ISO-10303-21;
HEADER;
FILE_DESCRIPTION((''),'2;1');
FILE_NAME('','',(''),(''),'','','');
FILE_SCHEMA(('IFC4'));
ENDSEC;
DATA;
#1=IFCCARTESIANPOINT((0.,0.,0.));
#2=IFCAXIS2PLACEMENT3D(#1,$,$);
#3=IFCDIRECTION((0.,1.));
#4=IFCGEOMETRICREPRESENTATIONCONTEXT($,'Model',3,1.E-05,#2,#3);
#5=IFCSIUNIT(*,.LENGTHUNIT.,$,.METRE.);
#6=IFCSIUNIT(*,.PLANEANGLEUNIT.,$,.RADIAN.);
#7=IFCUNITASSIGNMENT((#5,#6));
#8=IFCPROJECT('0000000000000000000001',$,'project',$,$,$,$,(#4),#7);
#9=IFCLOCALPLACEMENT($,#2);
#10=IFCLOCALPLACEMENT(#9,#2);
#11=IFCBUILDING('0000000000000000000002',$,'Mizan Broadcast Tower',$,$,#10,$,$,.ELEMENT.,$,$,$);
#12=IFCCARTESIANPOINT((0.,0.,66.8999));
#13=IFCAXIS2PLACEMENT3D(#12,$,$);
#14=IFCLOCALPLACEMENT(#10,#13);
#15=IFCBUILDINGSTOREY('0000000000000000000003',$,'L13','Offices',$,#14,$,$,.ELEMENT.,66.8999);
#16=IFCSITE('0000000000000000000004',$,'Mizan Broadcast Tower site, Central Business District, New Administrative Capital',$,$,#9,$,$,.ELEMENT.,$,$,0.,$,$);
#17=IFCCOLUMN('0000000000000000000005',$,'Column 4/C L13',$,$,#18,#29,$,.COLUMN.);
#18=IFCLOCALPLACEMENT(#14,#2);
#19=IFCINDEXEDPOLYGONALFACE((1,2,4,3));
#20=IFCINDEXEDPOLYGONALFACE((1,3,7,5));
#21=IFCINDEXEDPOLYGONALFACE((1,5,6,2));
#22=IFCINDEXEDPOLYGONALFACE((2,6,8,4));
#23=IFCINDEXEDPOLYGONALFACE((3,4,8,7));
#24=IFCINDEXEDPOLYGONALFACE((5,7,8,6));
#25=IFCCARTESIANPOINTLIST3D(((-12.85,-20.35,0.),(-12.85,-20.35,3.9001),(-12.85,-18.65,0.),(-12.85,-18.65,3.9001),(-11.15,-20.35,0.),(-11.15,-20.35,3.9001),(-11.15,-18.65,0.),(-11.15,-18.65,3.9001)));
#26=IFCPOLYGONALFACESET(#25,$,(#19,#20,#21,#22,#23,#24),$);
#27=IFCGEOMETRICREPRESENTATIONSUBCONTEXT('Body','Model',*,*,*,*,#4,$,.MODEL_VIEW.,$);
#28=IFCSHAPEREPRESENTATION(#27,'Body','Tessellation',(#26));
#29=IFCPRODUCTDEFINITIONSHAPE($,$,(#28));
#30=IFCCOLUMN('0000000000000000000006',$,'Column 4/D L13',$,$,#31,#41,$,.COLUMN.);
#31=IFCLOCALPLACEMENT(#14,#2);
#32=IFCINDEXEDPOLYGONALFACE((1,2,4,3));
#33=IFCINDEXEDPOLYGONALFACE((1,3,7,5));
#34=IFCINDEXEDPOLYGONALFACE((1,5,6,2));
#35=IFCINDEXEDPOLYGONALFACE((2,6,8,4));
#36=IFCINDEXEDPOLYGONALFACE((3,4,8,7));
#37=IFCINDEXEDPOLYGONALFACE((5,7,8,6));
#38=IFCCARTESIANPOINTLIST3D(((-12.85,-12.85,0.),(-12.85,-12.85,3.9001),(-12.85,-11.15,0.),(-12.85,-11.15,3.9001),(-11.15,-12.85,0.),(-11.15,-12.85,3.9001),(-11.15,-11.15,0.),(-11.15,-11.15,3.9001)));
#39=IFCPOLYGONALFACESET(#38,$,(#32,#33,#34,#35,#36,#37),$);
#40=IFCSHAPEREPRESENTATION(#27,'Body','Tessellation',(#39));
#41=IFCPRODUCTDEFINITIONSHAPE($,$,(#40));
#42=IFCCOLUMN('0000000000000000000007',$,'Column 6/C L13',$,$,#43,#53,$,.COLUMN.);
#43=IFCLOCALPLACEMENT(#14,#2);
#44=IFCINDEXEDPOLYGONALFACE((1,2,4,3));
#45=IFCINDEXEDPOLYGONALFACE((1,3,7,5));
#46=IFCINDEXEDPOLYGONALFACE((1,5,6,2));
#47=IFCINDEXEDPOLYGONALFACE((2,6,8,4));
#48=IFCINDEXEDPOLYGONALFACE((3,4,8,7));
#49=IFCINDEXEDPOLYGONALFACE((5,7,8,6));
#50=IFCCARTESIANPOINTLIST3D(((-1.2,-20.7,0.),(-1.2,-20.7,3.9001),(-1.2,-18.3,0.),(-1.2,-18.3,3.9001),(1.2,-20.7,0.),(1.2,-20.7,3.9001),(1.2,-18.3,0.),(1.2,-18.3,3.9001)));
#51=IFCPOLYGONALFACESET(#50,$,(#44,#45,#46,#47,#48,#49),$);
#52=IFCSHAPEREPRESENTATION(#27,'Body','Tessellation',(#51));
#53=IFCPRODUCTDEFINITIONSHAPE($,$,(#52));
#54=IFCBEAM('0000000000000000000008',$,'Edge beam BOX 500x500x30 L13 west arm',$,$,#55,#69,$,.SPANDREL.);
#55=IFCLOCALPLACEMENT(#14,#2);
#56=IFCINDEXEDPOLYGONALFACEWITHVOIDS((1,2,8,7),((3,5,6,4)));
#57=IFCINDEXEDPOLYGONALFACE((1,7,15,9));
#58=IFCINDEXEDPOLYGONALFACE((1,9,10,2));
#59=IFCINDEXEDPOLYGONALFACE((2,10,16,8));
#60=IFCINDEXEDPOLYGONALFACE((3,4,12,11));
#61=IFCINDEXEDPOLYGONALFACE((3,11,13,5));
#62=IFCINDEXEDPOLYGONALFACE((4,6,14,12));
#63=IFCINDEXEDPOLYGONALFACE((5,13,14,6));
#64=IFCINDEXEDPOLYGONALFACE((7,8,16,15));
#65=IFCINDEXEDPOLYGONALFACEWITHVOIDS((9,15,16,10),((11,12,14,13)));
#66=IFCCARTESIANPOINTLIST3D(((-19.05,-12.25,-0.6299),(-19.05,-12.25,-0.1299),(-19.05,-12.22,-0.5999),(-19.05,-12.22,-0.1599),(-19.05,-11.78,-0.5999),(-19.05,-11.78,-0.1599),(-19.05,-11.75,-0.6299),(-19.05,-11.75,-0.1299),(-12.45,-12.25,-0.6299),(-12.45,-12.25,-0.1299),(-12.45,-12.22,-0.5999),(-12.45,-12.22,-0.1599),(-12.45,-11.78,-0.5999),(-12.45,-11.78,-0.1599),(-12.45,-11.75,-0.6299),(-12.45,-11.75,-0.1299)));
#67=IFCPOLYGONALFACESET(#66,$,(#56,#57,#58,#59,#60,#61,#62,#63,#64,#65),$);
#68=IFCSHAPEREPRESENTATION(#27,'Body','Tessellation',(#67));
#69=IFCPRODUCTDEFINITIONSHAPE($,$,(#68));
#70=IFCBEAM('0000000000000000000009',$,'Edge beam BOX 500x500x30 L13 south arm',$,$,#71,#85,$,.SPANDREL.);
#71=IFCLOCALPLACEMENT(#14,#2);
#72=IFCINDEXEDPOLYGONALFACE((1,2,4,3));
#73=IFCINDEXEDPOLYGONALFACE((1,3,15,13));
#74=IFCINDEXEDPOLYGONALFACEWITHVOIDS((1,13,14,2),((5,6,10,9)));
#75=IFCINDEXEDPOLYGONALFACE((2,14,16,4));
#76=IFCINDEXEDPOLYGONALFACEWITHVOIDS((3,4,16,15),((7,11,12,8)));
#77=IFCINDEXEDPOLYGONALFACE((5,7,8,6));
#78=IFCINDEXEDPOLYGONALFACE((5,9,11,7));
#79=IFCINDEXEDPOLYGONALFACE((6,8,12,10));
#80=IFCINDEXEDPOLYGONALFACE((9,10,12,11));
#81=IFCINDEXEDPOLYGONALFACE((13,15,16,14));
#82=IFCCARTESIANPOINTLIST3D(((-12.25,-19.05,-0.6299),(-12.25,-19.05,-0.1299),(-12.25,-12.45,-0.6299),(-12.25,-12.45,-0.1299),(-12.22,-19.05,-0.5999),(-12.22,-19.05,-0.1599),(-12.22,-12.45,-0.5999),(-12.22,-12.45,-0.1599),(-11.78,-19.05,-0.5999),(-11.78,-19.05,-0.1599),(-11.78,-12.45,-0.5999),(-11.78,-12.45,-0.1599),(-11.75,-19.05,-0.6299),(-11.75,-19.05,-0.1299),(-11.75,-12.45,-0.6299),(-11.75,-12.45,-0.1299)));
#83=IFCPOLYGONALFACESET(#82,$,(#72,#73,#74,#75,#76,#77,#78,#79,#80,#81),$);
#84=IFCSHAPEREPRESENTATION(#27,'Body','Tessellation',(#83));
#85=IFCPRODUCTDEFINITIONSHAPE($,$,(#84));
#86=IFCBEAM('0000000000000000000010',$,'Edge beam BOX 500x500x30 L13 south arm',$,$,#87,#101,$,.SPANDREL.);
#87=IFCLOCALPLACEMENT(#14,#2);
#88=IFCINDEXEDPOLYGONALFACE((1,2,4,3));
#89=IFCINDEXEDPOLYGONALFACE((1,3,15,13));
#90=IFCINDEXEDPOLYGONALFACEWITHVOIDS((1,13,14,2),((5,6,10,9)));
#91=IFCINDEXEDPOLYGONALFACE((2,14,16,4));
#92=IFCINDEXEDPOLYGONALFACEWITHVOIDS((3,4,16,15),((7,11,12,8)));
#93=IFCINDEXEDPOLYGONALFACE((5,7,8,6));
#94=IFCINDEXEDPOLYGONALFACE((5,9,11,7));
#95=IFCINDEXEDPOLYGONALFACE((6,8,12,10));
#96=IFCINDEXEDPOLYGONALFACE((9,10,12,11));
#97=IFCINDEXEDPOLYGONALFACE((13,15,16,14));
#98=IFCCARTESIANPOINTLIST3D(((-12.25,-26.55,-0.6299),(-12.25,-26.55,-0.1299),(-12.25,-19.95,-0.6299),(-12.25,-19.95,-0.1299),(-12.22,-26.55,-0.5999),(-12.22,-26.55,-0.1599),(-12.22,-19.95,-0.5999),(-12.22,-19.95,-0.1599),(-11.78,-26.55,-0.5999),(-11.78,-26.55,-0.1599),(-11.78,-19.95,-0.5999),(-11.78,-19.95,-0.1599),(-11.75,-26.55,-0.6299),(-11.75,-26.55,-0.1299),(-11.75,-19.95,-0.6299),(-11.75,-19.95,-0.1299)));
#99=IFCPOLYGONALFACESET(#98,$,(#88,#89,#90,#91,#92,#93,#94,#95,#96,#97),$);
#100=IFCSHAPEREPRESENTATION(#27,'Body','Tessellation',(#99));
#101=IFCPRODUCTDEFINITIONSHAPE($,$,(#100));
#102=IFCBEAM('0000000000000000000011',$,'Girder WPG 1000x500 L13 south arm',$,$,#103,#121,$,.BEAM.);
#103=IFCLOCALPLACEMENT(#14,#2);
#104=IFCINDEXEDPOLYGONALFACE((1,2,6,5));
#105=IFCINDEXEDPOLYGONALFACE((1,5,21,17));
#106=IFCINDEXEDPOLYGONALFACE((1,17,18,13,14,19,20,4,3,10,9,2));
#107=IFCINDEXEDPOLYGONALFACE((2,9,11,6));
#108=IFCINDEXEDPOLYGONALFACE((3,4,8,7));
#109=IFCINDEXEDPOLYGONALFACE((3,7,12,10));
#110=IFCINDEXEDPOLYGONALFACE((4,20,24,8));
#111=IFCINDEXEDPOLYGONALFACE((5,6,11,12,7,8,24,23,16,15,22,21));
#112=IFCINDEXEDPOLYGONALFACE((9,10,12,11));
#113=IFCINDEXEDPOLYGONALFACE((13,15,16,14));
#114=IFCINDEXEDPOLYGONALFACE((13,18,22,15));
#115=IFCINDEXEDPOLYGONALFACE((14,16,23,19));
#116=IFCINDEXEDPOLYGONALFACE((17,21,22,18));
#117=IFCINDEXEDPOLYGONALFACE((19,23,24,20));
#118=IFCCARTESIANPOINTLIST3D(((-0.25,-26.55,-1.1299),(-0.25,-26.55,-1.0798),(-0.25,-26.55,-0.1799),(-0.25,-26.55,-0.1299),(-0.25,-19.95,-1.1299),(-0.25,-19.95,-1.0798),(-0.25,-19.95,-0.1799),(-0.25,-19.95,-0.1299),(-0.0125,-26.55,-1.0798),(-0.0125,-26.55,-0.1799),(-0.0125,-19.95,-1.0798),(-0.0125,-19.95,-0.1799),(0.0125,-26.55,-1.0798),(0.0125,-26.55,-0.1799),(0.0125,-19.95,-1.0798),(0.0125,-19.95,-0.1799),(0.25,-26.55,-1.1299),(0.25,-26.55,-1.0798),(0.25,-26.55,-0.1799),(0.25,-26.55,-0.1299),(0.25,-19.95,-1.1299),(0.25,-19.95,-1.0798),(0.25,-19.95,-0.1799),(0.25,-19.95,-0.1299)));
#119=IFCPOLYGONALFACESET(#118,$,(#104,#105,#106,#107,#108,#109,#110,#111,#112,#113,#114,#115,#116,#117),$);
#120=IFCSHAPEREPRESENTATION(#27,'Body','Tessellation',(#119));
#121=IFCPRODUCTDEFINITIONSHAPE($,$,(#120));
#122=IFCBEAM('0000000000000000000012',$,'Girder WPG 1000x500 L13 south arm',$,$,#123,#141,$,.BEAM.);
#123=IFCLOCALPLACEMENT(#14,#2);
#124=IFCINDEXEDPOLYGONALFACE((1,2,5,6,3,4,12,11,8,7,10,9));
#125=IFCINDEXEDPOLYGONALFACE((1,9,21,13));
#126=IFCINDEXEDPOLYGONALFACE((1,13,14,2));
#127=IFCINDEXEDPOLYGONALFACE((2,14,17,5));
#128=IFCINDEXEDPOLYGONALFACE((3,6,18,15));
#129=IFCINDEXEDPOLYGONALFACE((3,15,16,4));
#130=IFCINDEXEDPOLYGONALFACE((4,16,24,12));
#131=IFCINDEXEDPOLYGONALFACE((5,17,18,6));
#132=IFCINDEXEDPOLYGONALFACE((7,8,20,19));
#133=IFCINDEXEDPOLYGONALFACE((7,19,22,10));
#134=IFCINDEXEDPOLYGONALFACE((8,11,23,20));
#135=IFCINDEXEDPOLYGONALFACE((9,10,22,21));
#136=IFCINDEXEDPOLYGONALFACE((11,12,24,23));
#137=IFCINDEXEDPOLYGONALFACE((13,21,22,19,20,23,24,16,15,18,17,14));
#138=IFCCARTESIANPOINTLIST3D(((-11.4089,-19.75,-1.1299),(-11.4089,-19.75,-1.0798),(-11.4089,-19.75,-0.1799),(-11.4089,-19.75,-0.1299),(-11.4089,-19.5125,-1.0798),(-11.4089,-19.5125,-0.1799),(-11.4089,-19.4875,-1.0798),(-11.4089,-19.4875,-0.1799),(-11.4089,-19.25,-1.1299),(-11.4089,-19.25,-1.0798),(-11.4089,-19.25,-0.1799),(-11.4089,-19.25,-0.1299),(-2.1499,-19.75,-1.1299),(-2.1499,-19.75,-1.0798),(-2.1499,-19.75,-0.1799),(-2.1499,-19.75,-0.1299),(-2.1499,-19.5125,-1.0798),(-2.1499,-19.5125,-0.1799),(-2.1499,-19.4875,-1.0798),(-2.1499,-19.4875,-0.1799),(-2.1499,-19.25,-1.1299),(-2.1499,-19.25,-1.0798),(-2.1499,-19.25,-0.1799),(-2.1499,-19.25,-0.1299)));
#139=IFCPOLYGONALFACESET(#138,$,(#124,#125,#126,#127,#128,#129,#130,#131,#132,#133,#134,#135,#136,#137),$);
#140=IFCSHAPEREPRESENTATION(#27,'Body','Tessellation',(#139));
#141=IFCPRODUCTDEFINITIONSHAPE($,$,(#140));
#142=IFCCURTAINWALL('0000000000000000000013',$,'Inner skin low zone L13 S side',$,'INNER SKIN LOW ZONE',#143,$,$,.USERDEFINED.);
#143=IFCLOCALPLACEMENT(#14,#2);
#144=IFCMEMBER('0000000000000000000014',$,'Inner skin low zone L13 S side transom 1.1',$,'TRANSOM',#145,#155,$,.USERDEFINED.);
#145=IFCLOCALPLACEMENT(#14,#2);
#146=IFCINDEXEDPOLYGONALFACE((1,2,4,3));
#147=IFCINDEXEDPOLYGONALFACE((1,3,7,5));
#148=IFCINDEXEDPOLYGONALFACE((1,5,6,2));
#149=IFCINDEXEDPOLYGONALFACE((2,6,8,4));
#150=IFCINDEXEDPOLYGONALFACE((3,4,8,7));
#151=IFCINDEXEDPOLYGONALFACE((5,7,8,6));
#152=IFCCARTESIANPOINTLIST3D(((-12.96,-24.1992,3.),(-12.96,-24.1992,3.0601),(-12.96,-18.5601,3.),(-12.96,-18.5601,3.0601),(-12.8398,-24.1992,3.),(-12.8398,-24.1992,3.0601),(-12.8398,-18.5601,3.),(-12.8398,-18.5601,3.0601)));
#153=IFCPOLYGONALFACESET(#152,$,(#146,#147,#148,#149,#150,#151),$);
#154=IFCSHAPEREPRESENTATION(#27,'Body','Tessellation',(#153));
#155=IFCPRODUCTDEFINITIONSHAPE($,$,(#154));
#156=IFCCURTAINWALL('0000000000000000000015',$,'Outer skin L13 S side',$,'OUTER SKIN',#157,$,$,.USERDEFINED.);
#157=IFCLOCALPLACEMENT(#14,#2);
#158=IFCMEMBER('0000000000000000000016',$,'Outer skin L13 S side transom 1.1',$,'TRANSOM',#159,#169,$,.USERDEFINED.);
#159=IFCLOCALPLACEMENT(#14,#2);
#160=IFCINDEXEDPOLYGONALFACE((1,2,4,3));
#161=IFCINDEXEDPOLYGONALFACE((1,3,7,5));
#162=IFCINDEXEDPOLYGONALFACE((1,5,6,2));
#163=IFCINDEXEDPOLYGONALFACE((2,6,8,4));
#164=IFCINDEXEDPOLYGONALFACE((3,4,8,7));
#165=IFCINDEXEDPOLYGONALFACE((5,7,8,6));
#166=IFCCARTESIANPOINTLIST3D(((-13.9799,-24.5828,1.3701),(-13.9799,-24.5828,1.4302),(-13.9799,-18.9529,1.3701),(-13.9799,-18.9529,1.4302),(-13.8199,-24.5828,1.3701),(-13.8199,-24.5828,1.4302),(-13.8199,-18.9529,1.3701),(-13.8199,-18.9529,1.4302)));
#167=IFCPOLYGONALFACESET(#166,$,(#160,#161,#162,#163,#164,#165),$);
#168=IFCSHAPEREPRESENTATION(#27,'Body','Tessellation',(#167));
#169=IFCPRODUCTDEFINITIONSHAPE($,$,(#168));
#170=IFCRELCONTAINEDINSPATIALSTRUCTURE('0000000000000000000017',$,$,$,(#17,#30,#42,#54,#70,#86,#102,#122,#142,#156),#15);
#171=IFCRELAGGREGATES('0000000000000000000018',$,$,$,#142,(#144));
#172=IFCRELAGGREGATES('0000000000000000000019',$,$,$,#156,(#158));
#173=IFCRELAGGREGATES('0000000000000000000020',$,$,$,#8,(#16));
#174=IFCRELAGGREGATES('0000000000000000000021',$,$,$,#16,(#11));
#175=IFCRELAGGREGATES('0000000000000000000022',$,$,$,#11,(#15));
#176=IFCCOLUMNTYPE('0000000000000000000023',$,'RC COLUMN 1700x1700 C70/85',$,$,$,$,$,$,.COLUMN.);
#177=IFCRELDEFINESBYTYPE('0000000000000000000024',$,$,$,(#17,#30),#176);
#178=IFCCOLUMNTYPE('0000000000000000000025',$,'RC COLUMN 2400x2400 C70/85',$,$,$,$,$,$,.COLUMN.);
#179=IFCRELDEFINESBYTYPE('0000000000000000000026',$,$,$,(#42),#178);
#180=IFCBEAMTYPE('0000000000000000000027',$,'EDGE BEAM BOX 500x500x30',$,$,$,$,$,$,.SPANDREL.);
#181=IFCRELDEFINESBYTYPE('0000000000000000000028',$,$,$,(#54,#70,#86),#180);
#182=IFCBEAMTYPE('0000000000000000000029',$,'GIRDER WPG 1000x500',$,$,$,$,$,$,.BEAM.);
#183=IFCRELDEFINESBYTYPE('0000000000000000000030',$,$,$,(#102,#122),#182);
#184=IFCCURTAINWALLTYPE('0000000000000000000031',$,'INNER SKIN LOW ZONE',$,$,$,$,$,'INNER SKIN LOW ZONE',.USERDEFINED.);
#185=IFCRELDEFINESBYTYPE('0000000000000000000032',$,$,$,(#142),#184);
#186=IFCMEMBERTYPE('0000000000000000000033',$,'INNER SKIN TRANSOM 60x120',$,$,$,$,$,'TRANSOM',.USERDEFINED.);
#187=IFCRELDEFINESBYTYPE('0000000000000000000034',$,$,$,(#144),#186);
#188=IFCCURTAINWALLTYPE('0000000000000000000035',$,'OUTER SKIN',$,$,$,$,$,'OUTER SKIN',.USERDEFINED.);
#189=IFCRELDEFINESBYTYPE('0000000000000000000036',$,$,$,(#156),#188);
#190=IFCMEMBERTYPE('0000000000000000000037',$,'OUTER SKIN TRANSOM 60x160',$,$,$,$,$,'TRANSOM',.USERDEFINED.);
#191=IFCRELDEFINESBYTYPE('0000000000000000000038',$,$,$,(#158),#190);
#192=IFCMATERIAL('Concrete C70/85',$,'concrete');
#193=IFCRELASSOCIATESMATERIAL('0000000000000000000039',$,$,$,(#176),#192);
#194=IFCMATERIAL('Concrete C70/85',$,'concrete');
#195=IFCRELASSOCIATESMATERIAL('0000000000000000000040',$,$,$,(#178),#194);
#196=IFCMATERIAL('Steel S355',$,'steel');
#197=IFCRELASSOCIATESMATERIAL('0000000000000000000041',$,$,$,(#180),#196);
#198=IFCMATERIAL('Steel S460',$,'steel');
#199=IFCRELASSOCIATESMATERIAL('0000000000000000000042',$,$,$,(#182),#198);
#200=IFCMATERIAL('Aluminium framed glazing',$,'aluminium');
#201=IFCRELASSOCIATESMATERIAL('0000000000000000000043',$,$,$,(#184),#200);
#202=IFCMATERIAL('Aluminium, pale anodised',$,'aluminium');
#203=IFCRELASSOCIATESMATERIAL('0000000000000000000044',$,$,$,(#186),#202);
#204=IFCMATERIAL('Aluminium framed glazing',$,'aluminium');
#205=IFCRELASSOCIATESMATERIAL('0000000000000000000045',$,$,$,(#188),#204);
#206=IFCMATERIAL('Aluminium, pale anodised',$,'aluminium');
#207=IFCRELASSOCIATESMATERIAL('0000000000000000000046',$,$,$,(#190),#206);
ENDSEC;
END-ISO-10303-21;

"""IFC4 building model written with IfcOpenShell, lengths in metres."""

from ifc_helpers import new_model, si_unit, direction, frame, origin, origin_2d, place, context, subcontext, project, spatial, rectangle, hollow_rectangle, i_section, extrude, material, material_profile, profile_set, type_object, element, aggregate, save


model = new_model("IFC4")

# Units and contexts
model_context = context("Model", 3, precision=1e-05, world=origin(), true_north=direction((0.0, 1.0)))
body_context = subcontext(model_context, "Body", "Model", "MODEL_VIEW")
ifc_project = project(units=[si_unit("LENGTHUNIT", "METRE"), si_unit("PLANEANGLEUNIT", "RADIAN")], contexts=[model_context])

# Site, building, storey
site_placement = place(None, origin())
site = spatial("IfcSite", under=ifc_project, at=site_placement, Name="Mizan Broadcast Tower site, Central Business District, New Administrative Capital", CompositionType="ELEMENT", RefElevation=0.0)
building_placement = place(site_placement, origin())
building = spatial("IfcBuilding", under=site, at=building_placement, Name="Mizan Broadcast Tower", CompositionType="ELEMENT")
storey_placement = place(building_placement, frame((0.0, 0.0, 66.8999)))
storey = spatial("IfcBuildingStorey", under=building, at=storey_placement, Name="L13", Description="Offices", CompositionType="ELEMENT", Elevation=66.8999)

# Columns
ifc_material_1 = material(Name="Concrete C70/85", Category="concrete")
ifc_material_profile_1 = material_profile(ifc_material_1, rectangle(XDim=1.7, YDim=1.7, at=origin_2d()), Name="RC 1700x1700")
ifc_profile_set_1 = profile_set([ifc_material_profile_1], Name="Concrete C70/85")
column_type_1 = type_object("IfcColumnType", Name="RC COLUMN 1700x1700 C70/85", PredefinedType="COLUMN", material=ifc_profile_set_1)
for number, where, z_axis, x_axis, name in (
    (1, (-12.0, -19.5, 0.0), (0.0, 0.0, 1.0), (1.0, 0.0, 0.0), "Column 4/C L13"),
    (2, (-12.0, -12.0, 0.0), (0.0, 0.0, 1.0), (1.0, 0.0, 0.0), "Column 4/D L13"),
):
    element("IfcColumn", number, at=place(storey_placement, frame(where, z_axis=z_axis, x_axis=x_axis)), inside=storey, type_object=column_type_1, Name=name, PredefinedType="COLUMN", context=body_context, shape_type="SweptSolid", body=[
        extrude(rectangle(XDim=1.7, YDim=1.7, at=origin_2d()), origin(), (0.0, 0.0, 1.0), 3.9001),
    ])
ifc_material_2 = material(Name="Concrete C70/85", Category="concrete")
ifc_material_profile_2 = material_profile(ifc_material_2, rectangle(XDim=2.3999, YDim=2.3999, at=origin_2d()), Name="RC 2400x2400")
ifc_profile_set_2 = profile_set([ifc_material_profile_2], Name="Concrete C70/85")
column_type_2 = type_object("IfcColumnType", Name="RC COLUMN 2400x2400 C70/85", PredefinedType="COLUMN", material=ifc_profile_set_2)
column_placement = place(storey_placement, frame((0.0, -19.5, 0.0), z_axis=(0.0, 0.0, 1.0), x_axis=(1.0, 0.0, 0.0)))
element("IfcColumn", 3, at=column_placement, inside=storey, type_object=column_type_2, Name="Column 6/C L13", PredefinedType="COLUMN", context=body_context, shape_type="SweptSolid", body=[
    extrude(rectangle(XDim=2.3999, YDim=2.3999, at=origin_2d()), origin(), (0.0, 0.0, 1.0), 3.9001),
])

# Beams
ifc_material_3 = material(Name="Steel S355", Category="steel")
ifc_material_profile_3 = material_profile(ifc_material_3, hollow_rectangle(XDim=0.5, YDim=0.5, WallThickness=0.03, at=origin_2d()), Name="BOX 500x500x30")
ifc_profile_set_3 = profile_set([ifc_material_profile_3], Name="Steel S355")
beam_type_1 = type_object("IfcBeamType", Name="EDGE BEAM BOX 500x500x30", PredefinedType="SPANDREL", material=ifc_profile_set_3)
for number, where, z_axis, x_axis, name in (
    (4, (-12.45, -12.0, -0.3799), (-1.0, 0.0, 0.0), (0.0, -1.0, 0.0), "Edge beam BOX 500x500x30 L13 west arm"),
    (5, (-12.0, -12.45, -0.3799), (0.0, -1.0, 0.0), (1.0, 0.0, 0.0), "Edge beam BOX 500x500x30 L13 south arm"),
    (6, (-12.0, -19.95, -0.3799), (0.0, -1.0, 0.0), (1.0, 0.0, 0.0), "Edge beam BOX 500x500x30 L13 south arm"),
):
    element("IfcBeam", number, at=place(storey_placement, frame(where, z_axis=z_axis, x_axis=x_axis)), inside=storey, type_object=beam_type_1, Name=name, PredefinedType="SPANDREL", context=body_context, shape_type="SweptSolid", body=[
        extrude(hollow_rectangle(XDim=0.5, YDim=0.5, WallThickness=0.03, at=origin_2d()), origin(), (0.0, 0.0, 1.0), 6.6001),
    ])
ifc_material_4 = material(Name="Steel S460", Category="steel")
ifc_material_profile_4 = material_profile(ifc_material_4, i_section(OverallWidth=0.5, OverallDepth=1.0, WebThickness=0.0249, FlangeThickness=0.05, at=origin_2d()), Name="WPG 1000x500")
ifc_profile_set_4 = profile_set([ifc_material_profile_4], Name="Steel S460")
beam_type_2 = type_object("IfcBeamType", Name="GIRDER WPG 1000x500", PredefinedType="BEAM", material=ifc_profile_set_4)
beam_1_placement = place(storey_placement, frame((0.0, -19.95, -0.6299), z_axis=(0.0, -1.0, 0.0), x_axis=(1.0, 0.0, 0.0)))
element("IfcBeam", 7, at=beam_1_placement, inside=storey, type_object=beam_type_2, Name="Girder WPG 1000x500 L13 south arm", PredefinedType="BEAM", context=body_context, shape_type="SweptSolid", body=[
    extrude(i_section(OverallWidth=0.5, OverallDepth=1.0, WebThickness=0.0249, FlangeThickness=0.05, at=origin_2d()), origin(), (0.0, 0.0, 1.0), 6.6001),
])
beam_2_placement = place(storey_placement, frame((-11.4089, -19.5, -0.6299), z_axis=(1.0, 0.0, 0.0), x_axis=(0.0, 1.0, 0.0)))
element("IfcBeam", 8, at=beam_2_placement, inside=storey, type_object=beam_type_2, Name="Girder WPG 1000x500 L13 south arm", PredefinedType="BEAM", context=body_context, shape_type="SweptSolid", body=[
    extrude(i_section(OverallWidth=0.5, OverallDepth=1.0, WebThickness=0.0249, FlangeThickness=0.05, at=origin_2d()), origin(), (0.0, 0.0, 1.0), 9.259),
])

# Curtain walls, members
ifc_material_5 = material(Name="Aluminium framed glazing", Category="aluminium")
curtain_wall_type_1 = type_object("IfcCurtainWallType", Name="INNER SKIN LOW ZONE", ElementType="INNER SKIN LOW ZONE", PredefinedType="USERDEFINED", material=ifc_material_5)
curtain_wall_1_placement = place(storey_placement, origin())
curtain_wall_1 = element("IfcCurtainWall", 9, at=curtain_wall_1_placement, inside=storey, type_object=curtain_wall_type_1, Name="Inner skin low zone L13 S side", ObjectType="INNER SKIN LOW ZONE", PredefinedType="USERDEFINED")
ifc_material_6 = material(Name="Aluminium, pale anodised", Category="aluminium")
ifc_material_profile_5 = material_profile(ifc_material_6, rectangle(XDim=0.1201, YDim=0.0601, at=origin_2d()), Name="TRANSOM 120x60")
ifc_profile_set_5 = profile_set([ifc_material_profile_5], Name="Aluminium, pale anodised")
member_type_1 = type_object("IfcMemberType", Name="INNER SKIN TRANSOM 60x120", ElementType="TRANSOM", PredefinedType="USERDEFINED", material=ifc_profile_set_5)
member_1_placement = place(storey_placement, frame((-12.8999, -18.5601, 3.03), z_axis=(0.0, -1.0, 0.0), x_axis=(1.0, 0.0, 0.0)))
member_1 = element("IfcMember", 10, at=member_1_placement, type_object=member_type_1, Name="Inner skin low zone L13 S side transom 1.1", ObjectType="TRANSOM", PredefinedType="USERDEFINED", context=body_context, shape_type="SweptSolid", body=[
    extrude(rectangle(XDim=0.1201, YDim=0.0601, at=origin_2d()), origin(), (0.0, 0.0, 1.0), 5.6392),
])
ifc_material_7 = material(Name="Aluminium framed glazing", Category="aluminium")
curtain_wall_type_2 = type_object("IfcCurtainWallType", Name="OUTER SKIN", ElementType="OUTER SKIN", PredefinedType="USERDEFINED", material=ifc_material_7)
curtain_wall_2_placement = place(storey_placement, origin())
curtain_wall_2 = element("IfcCurtainWall", 11, at=curtain_wall_2_placement, inside=storey, type_object=curtain_wall_type_2, Name="Outer skin L13 S side", ObjectType="OUTER SKIN", PredefinedType="USERDEFINED")
ifc_material_8 = material(Name="Aluminium, pale anodised", Category="aluminium")
ifc_material_profile_6 = material_profile(ifc_material_8, rectangle(XDim=0.1599, YDim=0.0601, at=origin_2d()), Name="TRANSOM 160x60")
ifc_profile_set_6 = profile_set([ifc_material_profile_6], Name="Aluminium, pale anodised")
member_type_2 = type_object("IfcMemberType", Name="OUTER SKIN TRANSOM 60x160", ElementType="TRANSOM", PredefinedType="USERDEFINED", material=ifc_profile_set_6)
member_2_placement = place(storey_placement, frame((-13.8999, -18.9529, 1.4001), z_axis=(0.0, -1.0, 0.0), x_axis=(1.0, 0.0, 0.0)))
member_2 = element("IfcMember", 12, at=member_2_placement, type_object=member_type_2, Name="Outer skin L13 S side transom 1.1", ObjectType="TRANSOM", PredefinedType="USERDEFINED", context=body_context, shape_type="SweptSolid", body=[
    extrude(rectangle(XDim=0.1599, YDim=0.0601, at=origin_2d()), origin(), (0.0, 0.0, 1.0), 5.6299),
])

aggregate(curtain_wall_1, [member_1])
aggregate(curtain_wall_2, [member_2])

save(model, "model.ifc")
